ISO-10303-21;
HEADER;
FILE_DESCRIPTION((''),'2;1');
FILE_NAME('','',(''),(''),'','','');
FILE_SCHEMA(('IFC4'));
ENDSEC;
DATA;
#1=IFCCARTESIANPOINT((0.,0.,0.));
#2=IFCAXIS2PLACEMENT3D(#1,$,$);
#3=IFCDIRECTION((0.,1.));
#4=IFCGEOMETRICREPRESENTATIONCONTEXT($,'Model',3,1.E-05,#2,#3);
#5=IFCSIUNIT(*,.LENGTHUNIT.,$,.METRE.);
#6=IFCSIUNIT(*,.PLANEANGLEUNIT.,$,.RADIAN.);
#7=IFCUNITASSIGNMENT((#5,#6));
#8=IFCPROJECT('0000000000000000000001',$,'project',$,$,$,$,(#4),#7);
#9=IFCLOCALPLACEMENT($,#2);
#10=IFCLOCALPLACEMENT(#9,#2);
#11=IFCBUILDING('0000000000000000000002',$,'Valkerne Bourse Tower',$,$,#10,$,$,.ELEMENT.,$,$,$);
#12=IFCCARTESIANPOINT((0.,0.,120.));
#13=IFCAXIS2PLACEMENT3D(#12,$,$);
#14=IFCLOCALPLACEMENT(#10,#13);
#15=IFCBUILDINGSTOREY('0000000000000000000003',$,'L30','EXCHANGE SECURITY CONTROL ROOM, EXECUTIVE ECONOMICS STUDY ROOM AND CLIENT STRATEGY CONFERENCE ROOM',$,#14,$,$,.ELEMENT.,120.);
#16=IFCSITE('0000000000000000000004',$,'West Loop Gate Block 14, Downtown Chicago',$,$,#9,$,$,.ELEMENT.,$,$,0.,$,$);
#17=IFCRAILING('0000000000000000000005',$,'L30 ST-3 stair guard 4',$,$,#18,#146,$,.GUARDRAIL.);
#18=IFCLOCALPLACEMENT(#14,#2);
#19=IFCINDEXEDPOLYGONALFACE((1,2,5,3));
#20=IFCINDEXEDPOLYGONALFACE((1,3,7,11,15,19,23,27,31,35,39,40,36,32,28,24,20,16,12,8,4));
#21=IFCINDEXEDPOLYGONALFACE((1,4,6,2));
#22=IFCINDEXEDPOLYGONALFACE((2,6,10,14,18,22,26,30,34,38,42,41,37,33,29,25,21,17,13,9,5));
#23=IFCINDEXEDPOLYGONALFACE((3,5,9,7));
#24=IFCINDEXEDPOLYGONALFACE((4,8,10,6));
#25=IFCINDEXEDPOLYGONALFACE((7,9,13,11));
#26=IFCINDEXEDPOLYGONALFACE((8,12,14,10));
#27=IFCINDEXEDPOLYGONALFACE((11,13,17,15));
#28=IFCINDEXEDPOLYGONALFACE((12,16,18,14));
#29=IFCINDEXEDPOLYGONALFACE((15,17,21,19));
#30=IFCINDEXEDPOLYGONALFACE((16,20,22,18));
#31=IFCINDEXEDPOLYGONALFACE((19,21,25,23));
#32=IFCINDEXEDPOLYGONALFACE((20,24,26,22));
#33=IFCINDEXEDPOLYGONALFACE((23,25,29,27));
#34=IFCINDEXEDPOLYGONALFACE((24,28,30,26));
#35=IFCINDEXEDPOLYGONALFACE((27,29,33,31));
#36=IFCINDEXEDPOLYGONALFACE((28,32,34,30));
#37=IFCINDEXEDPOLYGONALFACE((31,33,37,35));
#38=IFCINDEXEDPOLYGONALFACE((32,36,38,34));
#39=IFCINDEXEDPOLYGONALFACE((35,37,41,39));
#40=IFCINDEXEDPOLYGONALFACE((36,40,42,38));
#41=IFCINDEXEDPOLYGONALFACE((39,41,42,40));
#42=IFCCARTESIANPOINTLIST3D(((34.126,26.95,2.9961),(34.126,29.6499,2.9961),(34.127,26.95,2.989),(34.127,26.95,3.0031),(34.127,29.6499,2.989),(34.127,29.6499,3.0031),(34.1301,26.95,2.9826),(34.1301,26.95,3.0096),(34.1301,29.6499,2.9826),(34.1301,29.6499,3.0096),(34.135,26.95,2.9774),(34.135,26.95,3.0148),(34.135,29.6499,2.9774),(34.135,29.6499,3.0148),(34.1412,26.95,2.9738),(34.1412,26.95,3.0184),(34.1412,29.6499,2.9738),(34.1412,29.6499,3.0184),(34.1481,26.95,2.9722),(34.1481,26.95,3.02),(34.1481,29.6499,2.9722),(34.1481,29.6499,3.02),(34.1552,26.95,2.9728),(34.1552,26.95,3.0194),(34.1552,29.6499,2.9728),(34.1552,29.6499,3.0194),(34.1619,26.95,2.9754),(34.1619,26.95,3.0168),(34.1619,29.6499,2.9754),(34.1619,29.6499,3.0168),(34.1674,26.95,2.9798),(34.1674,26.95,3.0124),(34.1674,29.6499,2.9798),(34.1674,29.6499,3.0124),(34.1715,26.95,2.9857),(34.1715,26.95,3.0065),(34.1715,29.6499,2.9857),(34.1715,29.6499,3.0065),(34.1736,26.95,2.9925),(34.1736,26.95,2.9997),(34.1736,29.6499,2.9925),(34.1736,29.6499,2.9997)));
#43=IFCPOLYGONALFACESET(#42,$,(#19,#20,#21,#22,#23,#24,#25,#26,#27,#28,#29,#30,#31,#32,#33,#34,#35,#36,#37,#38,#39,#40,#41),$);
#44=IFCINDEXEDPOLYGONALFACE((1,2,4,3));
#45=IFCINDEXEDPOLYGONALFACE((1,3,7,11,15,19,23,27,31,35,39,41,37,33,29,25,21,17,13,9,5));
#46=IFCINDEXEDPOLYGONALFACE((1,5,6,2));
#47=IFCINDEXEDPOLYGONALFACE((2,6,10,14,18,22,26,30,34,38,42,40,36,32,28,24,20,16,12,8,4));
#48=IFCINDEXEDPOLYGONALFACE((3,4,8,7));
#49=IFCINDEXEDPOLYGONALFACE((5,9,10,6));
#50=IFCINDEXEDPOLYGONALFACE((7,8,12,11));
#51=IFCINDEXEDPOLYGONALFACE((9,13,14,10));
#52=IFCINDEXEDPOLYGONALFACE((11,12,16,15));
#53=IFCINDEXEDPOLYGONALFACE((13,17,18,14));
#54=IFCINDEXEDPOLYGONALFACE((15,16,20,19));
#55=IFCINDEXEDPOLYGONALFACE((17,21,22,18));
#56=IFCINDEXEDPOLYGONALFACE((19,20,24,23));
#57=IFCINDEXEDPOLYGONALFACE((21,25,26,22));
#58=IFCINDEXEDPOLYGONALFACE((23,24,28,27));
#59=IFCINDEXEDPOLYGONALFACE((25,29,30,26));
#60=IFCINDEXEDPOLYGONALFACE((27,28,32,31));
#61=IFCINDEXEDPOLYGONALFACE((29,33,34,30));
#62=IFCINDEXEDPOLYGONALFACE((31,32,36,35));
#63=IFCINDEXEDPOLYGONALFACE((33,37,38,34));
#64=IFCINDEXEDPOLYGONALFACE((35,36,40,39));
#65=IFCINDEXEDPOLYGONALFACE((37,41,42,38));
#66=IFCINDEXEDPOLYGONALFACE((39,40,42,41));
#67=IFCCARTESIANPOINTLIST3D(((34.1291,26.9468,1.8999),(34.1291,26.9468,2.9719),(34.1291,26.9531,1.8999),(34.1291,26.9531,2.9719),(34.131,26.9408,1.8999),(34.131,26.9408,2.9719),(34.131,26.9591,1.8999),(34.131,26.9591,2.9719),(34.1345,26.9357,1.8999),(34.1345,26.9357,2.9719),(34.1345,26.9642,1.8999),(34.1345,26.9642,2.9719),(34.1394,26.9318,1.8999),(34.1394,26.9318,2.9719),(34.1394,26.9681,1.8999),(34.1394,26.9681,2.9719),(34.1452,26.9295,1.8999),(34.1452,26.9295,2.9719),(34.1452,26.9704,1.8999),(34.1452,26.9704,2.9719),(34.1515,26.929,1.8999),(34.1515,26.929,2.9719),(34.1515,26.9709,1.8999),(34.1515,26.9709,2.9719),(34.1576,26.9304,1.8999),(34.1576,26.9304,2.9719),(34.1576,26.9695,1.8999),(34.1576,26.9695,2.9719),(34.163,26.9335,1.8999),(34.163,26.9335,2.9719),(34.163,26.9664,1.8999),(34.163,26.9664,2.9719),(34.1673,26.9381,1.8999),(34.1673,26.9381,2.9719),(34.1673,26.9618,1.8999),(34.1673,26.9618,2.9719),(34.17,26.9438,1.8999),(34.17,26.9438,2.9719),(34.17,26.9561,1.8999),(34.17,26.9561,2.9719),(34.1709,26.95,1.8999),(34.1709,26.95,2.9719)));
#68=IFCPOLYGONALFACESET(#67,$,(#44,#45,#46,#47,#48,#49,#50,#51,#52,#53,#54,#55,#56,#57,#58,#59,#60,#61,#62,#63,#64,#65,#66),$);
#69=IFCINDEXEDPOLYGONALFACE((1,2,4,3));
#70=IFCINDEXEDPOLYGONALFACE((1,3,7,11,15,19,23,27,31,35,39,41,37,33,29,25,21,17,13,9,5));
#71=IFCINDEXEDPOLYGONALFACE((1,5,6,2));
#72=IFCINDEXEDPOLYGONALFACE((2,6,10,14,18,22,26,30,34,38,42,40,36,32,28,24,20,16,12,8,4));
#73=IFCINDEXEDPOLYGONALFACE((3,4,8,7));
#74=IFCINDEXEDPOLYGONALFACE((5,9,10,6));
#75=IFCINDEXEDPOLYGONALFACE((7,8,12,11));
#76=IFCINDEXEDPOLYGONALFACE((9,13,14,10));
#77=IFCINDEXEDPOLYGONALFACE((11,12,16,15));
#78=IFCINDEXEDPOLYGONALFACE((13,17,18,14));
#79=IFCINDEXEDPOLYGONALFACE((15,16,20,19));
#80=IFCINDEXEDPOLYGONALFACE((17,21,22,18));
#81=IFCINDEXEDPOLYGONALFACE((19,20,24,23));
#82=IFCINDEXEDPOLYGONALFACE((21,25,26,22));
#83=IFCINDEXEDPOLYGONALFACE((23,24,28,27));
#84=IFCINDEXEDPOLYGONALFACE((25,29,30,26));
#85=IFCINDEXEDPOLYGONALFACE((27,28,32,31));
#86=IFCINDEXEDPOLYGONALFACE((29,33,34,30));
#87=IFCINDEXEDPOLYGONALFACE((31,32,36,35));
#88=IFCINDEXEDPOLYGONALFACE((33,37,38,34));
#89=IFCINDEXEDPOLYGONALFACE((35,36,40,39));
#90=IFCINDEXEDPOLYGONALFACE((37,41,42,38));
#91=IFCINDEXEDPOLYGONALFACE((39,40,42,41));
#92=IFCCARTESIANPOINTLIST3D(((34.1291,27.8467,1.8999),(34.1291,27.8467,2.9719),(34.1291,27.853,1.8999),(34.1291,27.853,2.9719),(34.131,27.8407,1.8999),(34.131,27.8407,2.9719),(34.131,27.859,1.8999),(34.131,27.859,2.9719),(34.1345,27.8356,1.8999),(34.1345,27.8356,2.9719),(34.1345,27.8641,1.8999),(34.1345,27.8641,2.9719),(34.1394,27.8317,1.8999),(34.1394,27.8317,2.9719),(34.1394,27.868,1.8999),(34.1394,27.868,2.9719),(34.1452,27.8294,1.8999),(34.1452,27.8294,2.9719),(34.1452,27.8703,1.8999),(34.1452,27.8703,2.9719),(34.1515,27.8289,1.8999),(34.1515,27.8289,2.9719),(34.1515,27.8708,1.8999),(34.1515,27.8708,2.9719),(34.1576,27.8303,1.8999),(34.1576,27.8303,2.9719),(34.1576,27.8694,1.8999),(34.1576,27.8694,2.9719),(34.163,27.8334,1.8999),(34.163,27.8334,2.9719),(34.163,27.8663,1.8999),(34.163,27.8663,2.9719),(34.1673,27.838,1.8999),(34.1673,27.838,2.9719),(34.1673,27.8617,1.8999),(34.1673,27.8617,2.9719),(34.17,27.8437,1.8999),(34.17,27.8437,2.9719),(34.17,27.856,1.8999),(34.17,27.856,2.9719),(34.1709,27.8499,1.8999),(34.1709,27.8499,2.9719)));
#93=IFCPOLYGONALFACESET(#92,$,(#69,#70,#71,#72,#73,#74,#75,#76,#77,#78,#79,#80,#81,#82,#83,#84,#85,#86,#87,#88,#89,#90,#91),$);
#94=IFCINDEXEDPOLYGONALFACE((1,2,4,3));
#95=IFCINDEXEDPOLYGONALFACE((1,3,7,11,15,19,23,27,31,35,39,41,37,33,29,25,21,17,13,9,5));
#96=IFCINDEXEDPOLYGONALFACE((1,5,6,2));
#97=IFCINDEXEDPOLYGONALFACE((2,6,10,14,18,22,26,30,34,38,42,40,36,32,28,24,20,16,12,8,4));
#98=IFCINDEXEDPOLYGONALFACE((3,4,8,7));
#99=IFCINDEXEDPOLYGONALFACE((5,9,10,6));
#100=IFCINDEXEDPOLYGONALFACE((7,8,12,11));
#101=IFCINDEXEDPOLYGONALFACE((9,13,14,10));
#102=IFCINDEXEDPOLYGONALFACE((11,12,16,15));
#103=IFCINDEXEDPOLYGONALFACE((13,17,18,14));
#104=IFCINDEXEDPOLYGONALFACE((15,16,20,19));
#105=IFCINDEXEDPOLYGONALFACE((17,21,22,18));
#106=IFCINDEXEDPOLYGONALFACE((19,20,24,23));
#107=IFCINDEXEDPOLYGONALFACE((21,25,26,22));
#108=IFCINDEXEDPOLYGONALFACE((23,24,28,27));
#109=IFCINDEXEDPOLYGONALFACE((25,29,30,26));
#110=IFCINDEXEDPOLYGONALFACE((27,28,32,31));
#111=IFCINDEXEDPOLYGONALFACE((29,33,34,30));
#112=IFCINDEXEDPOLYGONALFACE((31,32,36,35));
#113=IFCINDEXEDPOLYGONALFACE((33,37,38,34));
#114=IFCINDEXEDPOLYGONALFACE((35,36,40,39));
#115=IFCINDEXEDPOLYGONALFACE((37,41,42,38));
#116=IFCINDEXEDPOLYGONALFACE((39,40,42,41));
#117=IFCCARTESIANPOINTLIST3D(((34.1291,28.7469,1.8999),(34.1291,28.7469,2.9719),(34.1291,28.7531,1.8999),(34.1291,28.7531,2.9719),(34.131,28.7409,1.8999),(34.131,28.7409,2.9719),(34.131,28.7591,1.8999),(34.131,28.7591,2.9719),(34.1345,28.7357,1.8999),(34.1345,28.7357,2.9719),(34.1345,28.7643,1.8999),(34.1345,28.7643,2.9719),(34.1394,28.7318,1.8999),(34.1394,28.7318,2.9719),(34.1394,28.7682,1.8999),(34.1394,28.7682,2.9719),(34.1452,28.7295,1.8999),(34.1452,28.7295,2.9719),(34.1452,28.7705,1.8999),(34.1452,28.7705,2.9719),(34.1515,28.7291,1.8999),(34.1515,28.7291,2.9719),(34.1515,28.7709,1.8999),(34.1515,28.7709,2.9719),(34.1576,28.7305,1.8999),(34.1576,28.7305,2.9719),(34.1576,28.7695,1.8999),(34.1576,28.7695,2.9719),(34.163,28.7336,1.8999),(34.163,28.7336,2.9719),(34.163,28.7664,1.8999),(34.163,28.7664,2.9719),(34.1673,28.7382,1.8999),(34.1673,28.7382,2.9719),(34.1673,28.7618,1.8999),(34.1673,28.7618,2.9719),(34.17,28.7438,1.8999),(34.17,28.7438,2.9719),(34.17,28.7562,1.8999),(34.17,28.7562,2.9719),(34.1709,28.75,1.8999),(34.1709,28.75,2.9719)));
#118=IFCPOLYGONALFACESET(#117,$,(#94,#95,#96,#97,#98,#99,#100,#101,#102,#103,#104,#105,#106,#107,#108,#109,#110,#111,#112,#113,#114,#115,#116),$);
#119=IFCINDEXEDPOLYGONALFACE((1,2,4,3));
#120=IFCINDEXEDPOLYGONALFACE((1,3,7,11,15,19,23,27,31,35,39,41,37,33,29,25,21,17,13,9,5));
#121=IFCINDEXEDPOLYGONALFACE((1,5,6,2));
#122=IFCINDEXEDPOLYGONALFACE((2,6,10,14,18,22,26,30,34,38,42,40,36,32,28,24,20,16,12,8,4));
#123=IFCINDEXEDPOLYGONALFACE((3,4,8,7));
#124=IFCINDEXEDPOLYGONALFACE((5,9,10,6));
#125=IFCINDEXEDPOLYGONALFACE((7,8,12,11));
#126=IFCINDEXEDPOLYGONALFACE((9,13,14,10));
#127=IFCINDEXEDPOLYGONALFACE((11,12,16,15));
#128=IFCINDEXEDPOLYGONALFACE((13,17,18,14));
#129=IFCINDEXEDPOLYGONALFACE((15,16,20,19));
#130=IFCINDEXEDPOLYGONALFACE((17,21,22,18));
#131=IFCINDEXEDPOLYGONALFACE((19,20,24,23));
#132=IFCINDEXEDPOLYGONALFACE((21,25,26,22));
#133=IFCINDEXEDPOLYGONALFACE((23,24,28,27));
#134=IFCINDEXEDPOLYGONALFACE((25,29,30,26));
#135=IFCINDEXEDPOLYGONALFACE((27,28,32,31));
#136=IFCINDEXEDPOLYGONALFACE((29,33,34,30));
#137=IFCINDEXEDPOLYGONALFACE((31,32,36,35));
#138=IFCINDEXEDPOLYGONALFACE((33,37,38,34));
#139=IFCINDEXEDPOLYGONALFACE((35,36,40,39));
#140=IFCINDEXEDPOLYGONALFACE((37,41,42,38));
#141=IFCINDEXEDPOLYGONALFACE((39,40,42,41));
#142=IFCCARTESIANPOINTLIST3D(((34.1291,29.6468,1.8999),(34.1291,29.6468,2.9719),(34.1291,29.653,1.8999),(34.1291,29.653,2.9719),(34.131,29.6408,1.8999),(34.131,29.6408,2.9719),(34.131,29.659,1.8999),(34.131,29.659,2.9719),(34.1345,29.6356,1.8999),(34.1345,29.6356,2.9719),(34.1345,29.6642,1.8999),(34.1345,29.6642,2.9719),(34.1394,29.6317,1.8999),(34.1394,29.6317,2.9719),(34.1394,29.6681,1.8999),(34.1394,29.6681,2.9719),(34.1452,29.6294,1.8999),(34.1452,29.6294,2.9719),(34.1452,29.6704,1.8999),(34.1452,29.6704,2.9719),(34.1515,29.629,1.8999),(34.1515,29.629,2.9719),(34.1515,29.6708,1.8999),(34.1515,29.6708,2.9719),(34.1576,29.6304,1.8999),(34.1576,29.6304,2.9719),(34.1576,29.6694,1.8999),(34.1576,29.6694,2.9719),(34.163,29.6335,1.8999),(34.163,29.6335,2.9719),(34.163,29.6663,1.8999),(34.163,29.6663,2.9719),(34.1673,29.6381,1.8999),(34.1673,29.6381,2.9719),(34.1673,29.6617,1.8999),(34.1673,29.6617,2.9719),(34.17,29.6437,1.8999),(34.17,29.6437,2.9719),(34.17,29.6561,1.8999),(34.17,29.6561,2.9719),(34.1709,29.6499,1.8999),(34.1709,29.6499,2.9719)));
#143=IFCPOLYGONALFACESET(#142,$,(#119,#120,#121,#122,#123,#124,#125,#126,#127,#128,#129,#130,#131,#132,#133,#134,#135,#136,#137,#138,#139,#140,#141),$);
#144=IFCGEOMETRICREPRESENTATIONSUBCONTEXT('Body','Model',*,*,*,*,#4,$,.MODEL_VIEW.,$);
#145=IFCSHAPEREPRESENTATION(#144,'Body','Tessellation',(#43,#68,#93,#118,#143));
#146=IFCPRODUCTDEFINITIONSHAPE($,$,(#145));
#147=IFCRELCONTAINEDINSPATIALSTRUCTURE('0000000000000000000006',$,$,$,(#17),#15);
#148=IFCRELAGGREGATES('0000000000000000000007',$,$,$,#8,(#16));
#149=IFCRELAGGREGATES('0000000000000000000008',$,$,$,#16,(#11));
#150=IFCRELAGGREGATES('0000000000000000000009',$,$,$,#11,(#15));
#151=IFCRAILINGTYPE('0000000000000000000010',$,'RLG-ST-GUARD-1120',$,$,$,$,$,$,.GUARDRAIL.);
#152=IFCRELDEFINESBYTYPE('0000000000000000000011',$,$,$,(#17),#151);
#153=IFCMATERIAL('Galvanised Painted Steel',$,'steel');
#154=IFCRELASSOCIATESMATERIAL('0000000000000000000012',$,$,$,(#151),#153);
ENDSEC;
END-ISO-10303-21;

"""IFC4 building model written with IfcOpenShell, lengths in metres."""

from ifc_helpers import new_model, si_unit, direction, frame, origin, origin_2d, place, context, subcontext, project, spatial, circle, extrude, material, type_object, element, save


model = new_model("IFC4")

# Units and contexts
model_context = context("Model", 3, precision=1e-05, world=origin(), true_north=direction((0.0, 1.0)))
body_context = subcontext(model_context, "Body", "Model", "MODEL_VIEW")
ifc_project = project(units=[si_unit("LENGTHUNIT", "METRE"), si_unit("PLANEANGLEUNIT", "RADIAN")], contexts=[model_context])

# Site, building, storey
site_placement = place(None, origin())
site = spatial("IfcSite", under=ifc_project, at=site_placement, Name="West Loop Gate Block 14, Downtown Chicago", CompositionType="ELEMENT", RefElevation=0.0)
building_placement = place(site_placement, origin())
building = spatial("IfcBuilding", under=site, at=building_placement, Name="Valkerne Bourse Tower", CompositionType="ELEMENT")
storey_placement = place(building_placement, frame((0.0, 0.0, 120.0)))
storey = spatial("IfcBuildingStorey", under=building, at=storey_placement, Name="L30", Description="EXCHANGE SECURITY CONTROL ROOM, EXECUTIVE ECONOMICS STUDY ROOM AND CLIENT STRATEGY CONFERENCE ROOM", CompositionType="ELEMENT", Elevation=120.0)

# Railing
ifc_material_1 = material(Name="Galvanised Painted Steel", Category="steel")
railing_type_1 = type_object("IfcRailingType", Name="RLG-ST-GUARD-1120", PredefinedType="GUARDRAIL", material=ifc_material_1)
for number, where, name in (
    (1, (34.1499, 26.95, 1.8999), "L30 ST-3 stair guard 4"),
):
    element("IfcRailing", number, at=place(storey_placement, frame(where)), inside=storey, type_object=railing_type_1, Name=name, PredefinedType="GUARDRAIL", context=body_context, shape_type="SweptSolid", body=[
        extrude(circle(Radius=0.0239, at=origin_2d()), frame((0.0, 0.0, 1.0962), z_axis=(0.0, 1.0, 0.0), x_axis=(-1.0, 0.0, 0.0)), (0.0, 0.0, 1.0), 2.7),
        extrude(circle(Radius=0.021, at=origin_2d()), origin(), (0.0, 0.0, 1.0), 1.072),
        extrude(circle(Radius=0.021, at=origin_2d()), frame((0.0, 0.8999, 0.0)), (0.0, 0.0, 1.0), 1.072),
        extrude(circle(Radius=0.021, at=origin_2d()), frame((0.0, 1.8, 0.0)), (0.0, 0.0, 1.0), 1.072),
        extrude(circle(Radius=0.021, at=origin_2d()), frame((0.0, 2.7, 0.0)), (0.0, 0.0, 1.0), 1.072),
    ])

save(model, "model.ifc")
